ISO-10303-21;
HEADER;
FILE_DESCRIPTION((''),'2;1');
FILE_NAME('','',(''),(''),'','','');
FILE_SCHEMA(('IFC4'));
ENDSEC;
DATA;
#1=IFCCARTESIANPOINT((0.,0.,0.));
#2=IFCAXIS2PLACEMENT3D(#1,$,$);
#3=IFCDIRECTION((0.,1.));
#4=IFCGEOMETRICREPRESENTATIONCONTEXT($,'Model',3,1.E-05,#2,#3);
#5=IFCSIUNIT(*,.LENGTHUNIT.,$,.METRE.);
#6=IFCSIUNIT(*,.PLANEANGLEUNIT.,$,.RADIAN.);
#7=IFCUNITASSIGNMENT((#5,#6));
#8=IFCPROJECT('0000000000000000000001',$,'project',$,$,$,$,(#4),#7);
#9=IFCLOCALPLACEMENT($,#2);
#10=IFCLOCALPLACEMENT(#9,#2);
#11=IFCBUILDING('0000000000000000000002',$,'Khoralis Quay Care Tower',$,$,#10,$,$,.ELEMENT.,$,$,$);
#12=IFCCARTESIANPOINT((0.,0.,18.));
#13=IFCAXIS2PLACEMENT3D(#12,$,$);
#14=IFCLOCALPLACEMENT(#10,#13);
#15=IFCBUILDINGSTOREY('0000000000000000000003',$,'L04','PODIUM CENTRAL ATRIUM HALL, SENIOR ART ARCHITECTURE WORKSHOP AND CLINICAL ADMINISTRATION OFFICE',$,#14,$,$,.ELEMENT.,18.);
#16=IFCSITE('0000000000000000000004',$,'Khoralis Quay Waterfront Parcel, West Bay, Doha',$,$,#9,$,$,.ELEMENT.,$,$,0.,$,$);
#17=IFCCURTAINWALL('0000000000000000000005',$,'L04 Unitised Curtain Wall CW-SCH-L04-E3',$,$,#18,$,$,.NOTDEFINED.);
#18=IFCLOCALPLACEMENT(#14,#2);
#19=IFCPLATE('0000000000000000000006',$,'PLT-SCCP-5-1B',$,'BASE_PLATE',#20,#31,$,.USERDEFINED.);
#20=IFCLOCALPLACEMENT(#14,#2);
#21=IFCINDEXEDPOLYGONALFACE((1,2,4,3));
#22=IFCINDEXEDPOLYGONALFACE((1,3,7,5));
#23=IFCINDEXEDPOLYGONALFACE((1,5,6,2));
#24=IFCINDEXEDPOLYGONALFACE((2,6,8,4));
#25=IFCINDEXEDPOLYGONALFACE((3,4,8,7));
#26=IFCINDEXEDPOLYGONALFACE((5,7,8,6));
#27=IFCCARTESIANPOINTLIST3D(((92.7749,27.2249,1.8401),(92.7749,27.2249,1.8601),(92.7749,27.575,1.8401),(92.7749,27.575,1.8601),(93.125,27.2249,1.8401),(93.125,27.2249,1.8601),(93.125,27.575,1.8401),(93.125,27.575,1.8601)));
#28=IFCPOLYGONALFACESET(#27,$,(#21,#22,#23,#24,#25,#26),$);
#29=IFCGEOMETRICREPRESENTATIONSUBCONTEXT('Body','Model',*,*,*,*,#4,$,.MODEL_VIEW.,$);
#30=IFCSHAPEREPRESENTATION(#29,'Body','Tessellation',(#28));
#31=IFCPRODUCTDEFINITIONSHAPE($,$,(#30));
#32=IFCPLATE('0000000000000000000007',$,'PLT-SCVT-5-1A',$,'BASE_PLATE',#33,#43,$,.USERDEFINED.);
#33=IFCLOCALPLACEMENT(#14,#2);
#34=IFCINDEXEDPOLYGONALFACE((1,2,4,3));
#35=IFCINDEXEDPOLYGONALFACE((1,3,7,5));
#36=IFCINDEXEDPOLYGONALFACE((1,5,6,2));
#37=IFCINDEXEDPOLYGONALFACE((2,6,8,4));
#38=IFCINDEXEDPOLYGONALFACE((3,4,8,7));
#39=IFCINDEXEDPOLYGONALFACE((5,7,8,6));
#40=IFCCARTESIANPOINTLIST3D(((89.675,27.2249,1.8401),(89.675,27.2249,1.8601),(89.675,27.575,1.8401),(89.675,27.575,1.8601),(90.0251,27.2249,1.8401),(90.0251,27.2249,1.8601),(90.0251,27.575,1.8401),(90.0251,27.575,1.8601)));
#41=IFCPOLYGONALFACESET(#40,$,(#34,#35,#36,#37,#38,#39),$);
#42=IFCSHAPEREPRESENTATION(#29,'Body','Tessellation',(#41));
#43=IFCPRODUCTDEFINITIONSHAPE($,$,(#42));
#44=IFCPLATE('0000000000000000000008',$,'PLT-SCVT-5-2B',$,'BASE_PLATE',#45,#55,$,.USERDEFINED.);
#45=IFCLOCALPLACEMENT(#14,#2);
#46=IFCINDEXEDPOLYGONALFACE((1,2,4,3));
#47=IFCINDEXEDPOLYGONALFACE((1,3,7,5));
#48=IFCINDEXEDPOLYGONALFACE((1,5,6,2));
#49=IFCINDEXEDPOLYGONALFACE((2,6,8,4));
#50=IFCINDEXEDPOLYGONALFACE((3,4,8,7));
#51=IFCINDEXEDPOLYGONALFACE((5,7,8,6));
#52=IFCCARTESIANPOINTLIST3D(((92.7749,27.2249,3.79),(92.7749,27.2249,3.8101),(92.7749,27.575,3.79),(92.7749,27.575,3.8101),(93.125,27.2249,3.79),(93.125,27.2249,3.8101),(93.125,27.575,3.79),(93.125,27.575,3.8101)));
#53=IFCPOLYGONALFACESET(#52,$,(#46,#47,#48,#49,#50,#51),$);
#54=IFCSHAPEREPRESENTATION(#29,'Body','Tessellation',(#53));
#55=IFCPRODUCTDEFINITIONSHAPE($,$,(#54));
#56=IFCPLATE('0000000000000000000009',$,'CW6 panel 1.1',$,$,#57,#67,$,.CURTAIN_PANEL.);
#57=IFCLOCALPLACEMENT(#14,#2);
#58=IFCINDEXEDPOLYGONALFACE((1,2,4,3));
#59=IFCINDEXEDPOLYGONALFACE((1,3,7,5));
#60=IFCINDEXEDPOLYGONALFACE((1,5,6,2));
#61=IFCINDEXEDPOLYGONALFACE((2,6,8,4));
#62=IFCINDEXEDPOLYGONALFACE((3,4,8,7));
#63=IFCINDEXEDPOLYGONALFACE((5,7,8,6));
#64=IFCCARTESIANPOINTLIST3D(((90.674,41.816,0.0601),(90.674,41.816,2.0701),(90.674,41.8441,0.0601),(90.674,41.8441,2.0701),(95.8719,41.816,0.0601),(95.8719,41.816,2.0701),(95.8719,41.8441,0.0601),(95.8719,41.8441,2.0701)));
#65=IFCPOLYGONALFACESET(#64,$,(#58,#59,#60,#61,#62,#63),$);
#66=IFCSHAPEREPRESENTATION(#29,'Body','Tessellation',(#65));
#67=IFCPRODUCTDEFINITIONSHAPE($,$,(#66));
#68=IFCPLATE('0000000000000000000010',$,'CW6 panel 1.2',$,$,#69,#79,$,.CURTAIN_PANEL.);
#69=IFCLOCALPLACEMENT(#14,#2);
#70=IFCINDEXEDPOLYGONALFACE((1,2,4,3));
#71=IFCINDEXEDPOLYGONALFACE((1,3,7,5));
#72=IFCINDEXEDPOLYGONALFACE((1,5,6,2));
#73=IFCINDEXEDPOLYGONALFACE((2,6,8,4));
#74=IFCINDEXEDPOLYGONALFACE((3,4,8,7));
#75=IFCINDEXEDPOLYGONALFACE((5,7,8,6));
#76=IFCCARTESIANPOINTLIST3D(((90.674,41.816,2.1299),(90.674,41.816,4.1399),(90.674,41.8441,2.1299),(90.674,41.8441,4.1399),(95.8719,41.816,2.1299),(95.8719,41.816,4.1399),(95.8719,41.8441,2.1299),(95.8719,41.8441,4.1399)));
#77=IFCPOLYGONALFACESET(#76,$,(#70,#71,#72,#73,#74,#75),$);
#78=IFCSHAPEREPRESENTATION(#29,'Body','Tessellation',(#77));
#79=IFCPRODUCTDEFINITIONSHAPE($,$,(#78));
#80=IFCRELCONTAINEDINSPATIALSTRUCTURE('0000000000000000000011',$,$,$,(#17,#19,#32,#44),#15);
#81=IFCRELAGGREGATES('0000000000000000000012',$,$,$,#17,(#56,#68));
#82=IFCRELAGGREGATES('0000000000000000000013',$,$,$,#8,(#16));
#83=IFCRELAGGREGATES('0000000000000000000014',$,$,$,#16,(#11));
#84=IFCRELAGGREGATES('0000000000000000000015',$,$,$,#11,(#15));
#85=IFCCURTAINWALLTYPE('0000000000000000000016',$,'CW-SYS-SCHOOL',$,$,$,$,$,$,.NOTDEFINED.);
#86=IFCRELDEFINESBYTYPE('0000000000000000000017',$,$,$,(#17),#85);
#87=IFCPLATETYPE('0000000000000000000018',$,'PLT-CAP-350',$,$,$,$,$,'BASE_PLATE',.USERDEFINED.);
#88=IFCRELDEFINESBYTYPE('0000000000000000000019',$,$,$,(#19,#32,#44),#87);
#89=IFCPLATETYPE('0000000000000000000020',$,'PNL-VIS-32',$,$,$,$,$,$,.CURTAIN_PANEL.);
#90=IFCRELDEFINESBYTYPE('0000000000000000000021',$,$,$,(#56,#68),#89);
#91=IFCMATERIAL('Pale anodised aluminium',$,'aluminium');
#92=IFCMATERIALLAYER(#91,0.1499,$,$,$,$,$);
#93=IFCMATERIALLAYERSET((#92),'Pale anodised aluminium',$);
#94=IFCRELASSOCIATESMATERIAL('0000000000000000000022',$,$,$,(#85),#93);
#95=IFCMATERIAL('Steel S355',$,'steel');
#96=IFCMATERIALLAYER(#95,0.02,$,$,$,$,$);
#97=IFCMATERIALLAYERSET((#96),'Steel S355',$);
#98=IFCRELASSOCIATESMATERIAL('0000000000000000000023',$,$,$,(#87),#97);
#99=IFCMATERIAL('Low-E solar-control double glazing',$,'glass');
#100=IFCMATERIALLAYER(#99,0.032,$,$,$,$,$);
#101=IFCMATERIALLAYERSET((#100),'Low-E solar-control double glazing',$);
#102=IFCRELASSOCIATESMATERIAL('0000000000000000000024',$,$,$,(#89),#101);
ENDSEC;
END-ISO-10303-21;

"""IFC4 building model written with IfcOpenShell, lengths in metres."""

from ifc_helpers import new_model, si_unit, direction, frame, origin, origin_2d, place, context, subcontext, project, spatial, rectangle, extrude, source, transform, mapped, material, layer, layer_set, type_object, element, aggregate, save


model = new_model("IFC4")

# Units and contexts
model_context = context("Model", 3, precision=1e-05, world=origin(), true_north=direction((0.0, 1.0)))
body_context = subcontext(model_context, "Body", "Model", "MODEL_VIEW")
ifc_project = project(units=[si_unit("LENGTHUNIT", "METRE"), si_unit("PLANEANGLEUNIT", "RADIAN")], contexts=[model_context])

# Site, building, storey
site_placement = place(None, origin())
site = spatial("IfcSite", under=ifc_project, at=site_placement, Name="Khoralis Quay Waterfront Parcel, West Bay, Doha", CompositionType="ELEMENT", RefElevation=0.0)
building_placement = place(site_placement, origin())
building = spatial("IfcBuilding", under=site, at=building_placement, Name="Khoralis Quay Care Tower", CompositionType="ELEMENT")
storey_placement = place(building_placement, frame((0.0, 0.0, 18.0)))
storey = spatial("IfcBuildingStorey", under=building, at=storey_placement, Name="L04", Description="PODIUM CENTRAL ATRIUM HALL, SENIOR ART ARCHITECTURE WORKSHOP AND CLINICAL ADMINISTRATION OFFICE", CompositionType="ELEMENT", Elevation=18.0)

# Shared definitions
ifc_material_1 = material(Name="Steel S355", Category="steel")

# Curtain wall
ifc_material_2 = material(Name="Pale anodised aluminium", Category="aluminium")
ifc_layer_1 = layer(ifc_material_2, 0.1499)
ifc_layer_set_1 = layer_set([ifc_layer_1], Name="Pale anodised aluminium")
curtain_wall_type = type_object("IfcCurtainWallType", Name="CW-SYS-SCHOOL", PredefinedType="NOTDEFINED", material=ifc_layer_set_1)
curtain_wall_placement = place(storey_placement, origin())
curtain_wall = element("IfcCurtainWall", 1, at=curtain_wall_placement, inside=storey, type_object=curtain_wall_type, Name="L04 Unitised Curtain Wall CW-SCH-L04-E3", PredefinedType="NOTDEFINED")

# Plates
ifc_layer_2 = layer(ifc_material_1, 0.02)
ifc_layer_set_2 = layer_set([ifc_layer_2], Name="Steel S355")
plate_type_1 = type_object("IfcPlateType", Name="PLT-CAP-350", ElementType="BASE_PLATE", PredefinedType="USERDEFINED", material=ifc_layer_set_2)
shared_shape_1 = source(origin(), body_context, "Body", "SweptSolid", [
    extrude(rectangle(XDim=0.3501, YDim=0.3501, at=origin_2d()), origin(), (0.0, 0.0, 1.0), 0.02),
])
for number, where, z_axis, x_axis, name in (
    (2, (92.95, 27.3999, 1.8401), (0.0, 0.0, 1.0), (1.0, 0.0, 0.0), "PLT-SCCP-5-1B"),
    (3, (89.8501, 27.3999, 1.8401), (0.0, 0.0, 1.0), (1.0, 0.0, 0.0), "PLT-SCVT-5-1A"),
    (4, (92.95, 27.3999, 3.79), (0.0, 0.0, 1.0), (1.0, 0.0, 0.0), "PLT-SCVT-5-2B"),
):
    element("IfcPlate", number, at=place(storey_placement, frame(where, z_axis=z_axis, x_axis=x_axis)), inside=storey, type_object=plate_type_1, Name=name, ObjectType="BASE_PLATE", PredefinedType="USERDEFINED", context=body_context, shape_type="MappedRepresentation", body=[
        mapped(shared_shape_1, transform((0.0, 0.0, 0.0), scale=1.0)),
    ])

# Plates
ifc_material_3 = material(Name="Low-E solar-control double glazing", Category="glass")
ifc_layer_3 = layer(ifc_material_3, 0.032)
ifc_layer_set_3 = layer_set([ifc_layer_3], Name="Low-E solar-control double glazing")
plate_type_2 = type_object("IfcPlateType", Name="PNL-VIS-32", PredefinedType="CURTAIN_PANEL", material=ifc_layer_set_3)
shared_shape_2 = source(origin(), body_context, "Body", "SweptSolid", [
    extrude(rectangle(XDim=5.198, YDim=0.0281, at=origin_2d()), origin(), (0.0, 0.0, 1.0), 2.01),
])
plate_1_placement = place(storey_placement, frame((93.2729, 41.8301, 0.0601), z_axis=(0.0, 0.0, 1.0), x_axis=(-1.0, 0.0, 0.0)))
plate_1 = element("IfcPlate", 5, at=plate_1_placement, type_object=plate_type_2, Name="CW6 panel 1.1", PredefinedType="CURTAIN_PANEL", context=body_context, shape_type="MappedRepresentation", body=[
    mapped(shared_shape_2, transform((0.0, 0.0, 0.0), scale=1.0)),
])
plate_2_placement = place(storey_placement, frame((93.2729, 41.8301, 2.1299), z_axis=(0.0, 0.0, 1.0), x_axis=(-1.0, 0.0, 0.0)))
plate_2 = element("IfcPlate", 6, at=plate_2_placement, type_object=plate_type_2, Name="CW6 panel 1.2", PredefinedType="CURTAIN_PANEL", context=body_context, shape_type="MappedRepresentation", body=[
    mapped(shared_shape_2, transform((0.0, 0.0, 0.0), scale=1.0)),
])
aggregate(curtain_wall, [plate_1, plate_2])

save(model, "model.ifc")
